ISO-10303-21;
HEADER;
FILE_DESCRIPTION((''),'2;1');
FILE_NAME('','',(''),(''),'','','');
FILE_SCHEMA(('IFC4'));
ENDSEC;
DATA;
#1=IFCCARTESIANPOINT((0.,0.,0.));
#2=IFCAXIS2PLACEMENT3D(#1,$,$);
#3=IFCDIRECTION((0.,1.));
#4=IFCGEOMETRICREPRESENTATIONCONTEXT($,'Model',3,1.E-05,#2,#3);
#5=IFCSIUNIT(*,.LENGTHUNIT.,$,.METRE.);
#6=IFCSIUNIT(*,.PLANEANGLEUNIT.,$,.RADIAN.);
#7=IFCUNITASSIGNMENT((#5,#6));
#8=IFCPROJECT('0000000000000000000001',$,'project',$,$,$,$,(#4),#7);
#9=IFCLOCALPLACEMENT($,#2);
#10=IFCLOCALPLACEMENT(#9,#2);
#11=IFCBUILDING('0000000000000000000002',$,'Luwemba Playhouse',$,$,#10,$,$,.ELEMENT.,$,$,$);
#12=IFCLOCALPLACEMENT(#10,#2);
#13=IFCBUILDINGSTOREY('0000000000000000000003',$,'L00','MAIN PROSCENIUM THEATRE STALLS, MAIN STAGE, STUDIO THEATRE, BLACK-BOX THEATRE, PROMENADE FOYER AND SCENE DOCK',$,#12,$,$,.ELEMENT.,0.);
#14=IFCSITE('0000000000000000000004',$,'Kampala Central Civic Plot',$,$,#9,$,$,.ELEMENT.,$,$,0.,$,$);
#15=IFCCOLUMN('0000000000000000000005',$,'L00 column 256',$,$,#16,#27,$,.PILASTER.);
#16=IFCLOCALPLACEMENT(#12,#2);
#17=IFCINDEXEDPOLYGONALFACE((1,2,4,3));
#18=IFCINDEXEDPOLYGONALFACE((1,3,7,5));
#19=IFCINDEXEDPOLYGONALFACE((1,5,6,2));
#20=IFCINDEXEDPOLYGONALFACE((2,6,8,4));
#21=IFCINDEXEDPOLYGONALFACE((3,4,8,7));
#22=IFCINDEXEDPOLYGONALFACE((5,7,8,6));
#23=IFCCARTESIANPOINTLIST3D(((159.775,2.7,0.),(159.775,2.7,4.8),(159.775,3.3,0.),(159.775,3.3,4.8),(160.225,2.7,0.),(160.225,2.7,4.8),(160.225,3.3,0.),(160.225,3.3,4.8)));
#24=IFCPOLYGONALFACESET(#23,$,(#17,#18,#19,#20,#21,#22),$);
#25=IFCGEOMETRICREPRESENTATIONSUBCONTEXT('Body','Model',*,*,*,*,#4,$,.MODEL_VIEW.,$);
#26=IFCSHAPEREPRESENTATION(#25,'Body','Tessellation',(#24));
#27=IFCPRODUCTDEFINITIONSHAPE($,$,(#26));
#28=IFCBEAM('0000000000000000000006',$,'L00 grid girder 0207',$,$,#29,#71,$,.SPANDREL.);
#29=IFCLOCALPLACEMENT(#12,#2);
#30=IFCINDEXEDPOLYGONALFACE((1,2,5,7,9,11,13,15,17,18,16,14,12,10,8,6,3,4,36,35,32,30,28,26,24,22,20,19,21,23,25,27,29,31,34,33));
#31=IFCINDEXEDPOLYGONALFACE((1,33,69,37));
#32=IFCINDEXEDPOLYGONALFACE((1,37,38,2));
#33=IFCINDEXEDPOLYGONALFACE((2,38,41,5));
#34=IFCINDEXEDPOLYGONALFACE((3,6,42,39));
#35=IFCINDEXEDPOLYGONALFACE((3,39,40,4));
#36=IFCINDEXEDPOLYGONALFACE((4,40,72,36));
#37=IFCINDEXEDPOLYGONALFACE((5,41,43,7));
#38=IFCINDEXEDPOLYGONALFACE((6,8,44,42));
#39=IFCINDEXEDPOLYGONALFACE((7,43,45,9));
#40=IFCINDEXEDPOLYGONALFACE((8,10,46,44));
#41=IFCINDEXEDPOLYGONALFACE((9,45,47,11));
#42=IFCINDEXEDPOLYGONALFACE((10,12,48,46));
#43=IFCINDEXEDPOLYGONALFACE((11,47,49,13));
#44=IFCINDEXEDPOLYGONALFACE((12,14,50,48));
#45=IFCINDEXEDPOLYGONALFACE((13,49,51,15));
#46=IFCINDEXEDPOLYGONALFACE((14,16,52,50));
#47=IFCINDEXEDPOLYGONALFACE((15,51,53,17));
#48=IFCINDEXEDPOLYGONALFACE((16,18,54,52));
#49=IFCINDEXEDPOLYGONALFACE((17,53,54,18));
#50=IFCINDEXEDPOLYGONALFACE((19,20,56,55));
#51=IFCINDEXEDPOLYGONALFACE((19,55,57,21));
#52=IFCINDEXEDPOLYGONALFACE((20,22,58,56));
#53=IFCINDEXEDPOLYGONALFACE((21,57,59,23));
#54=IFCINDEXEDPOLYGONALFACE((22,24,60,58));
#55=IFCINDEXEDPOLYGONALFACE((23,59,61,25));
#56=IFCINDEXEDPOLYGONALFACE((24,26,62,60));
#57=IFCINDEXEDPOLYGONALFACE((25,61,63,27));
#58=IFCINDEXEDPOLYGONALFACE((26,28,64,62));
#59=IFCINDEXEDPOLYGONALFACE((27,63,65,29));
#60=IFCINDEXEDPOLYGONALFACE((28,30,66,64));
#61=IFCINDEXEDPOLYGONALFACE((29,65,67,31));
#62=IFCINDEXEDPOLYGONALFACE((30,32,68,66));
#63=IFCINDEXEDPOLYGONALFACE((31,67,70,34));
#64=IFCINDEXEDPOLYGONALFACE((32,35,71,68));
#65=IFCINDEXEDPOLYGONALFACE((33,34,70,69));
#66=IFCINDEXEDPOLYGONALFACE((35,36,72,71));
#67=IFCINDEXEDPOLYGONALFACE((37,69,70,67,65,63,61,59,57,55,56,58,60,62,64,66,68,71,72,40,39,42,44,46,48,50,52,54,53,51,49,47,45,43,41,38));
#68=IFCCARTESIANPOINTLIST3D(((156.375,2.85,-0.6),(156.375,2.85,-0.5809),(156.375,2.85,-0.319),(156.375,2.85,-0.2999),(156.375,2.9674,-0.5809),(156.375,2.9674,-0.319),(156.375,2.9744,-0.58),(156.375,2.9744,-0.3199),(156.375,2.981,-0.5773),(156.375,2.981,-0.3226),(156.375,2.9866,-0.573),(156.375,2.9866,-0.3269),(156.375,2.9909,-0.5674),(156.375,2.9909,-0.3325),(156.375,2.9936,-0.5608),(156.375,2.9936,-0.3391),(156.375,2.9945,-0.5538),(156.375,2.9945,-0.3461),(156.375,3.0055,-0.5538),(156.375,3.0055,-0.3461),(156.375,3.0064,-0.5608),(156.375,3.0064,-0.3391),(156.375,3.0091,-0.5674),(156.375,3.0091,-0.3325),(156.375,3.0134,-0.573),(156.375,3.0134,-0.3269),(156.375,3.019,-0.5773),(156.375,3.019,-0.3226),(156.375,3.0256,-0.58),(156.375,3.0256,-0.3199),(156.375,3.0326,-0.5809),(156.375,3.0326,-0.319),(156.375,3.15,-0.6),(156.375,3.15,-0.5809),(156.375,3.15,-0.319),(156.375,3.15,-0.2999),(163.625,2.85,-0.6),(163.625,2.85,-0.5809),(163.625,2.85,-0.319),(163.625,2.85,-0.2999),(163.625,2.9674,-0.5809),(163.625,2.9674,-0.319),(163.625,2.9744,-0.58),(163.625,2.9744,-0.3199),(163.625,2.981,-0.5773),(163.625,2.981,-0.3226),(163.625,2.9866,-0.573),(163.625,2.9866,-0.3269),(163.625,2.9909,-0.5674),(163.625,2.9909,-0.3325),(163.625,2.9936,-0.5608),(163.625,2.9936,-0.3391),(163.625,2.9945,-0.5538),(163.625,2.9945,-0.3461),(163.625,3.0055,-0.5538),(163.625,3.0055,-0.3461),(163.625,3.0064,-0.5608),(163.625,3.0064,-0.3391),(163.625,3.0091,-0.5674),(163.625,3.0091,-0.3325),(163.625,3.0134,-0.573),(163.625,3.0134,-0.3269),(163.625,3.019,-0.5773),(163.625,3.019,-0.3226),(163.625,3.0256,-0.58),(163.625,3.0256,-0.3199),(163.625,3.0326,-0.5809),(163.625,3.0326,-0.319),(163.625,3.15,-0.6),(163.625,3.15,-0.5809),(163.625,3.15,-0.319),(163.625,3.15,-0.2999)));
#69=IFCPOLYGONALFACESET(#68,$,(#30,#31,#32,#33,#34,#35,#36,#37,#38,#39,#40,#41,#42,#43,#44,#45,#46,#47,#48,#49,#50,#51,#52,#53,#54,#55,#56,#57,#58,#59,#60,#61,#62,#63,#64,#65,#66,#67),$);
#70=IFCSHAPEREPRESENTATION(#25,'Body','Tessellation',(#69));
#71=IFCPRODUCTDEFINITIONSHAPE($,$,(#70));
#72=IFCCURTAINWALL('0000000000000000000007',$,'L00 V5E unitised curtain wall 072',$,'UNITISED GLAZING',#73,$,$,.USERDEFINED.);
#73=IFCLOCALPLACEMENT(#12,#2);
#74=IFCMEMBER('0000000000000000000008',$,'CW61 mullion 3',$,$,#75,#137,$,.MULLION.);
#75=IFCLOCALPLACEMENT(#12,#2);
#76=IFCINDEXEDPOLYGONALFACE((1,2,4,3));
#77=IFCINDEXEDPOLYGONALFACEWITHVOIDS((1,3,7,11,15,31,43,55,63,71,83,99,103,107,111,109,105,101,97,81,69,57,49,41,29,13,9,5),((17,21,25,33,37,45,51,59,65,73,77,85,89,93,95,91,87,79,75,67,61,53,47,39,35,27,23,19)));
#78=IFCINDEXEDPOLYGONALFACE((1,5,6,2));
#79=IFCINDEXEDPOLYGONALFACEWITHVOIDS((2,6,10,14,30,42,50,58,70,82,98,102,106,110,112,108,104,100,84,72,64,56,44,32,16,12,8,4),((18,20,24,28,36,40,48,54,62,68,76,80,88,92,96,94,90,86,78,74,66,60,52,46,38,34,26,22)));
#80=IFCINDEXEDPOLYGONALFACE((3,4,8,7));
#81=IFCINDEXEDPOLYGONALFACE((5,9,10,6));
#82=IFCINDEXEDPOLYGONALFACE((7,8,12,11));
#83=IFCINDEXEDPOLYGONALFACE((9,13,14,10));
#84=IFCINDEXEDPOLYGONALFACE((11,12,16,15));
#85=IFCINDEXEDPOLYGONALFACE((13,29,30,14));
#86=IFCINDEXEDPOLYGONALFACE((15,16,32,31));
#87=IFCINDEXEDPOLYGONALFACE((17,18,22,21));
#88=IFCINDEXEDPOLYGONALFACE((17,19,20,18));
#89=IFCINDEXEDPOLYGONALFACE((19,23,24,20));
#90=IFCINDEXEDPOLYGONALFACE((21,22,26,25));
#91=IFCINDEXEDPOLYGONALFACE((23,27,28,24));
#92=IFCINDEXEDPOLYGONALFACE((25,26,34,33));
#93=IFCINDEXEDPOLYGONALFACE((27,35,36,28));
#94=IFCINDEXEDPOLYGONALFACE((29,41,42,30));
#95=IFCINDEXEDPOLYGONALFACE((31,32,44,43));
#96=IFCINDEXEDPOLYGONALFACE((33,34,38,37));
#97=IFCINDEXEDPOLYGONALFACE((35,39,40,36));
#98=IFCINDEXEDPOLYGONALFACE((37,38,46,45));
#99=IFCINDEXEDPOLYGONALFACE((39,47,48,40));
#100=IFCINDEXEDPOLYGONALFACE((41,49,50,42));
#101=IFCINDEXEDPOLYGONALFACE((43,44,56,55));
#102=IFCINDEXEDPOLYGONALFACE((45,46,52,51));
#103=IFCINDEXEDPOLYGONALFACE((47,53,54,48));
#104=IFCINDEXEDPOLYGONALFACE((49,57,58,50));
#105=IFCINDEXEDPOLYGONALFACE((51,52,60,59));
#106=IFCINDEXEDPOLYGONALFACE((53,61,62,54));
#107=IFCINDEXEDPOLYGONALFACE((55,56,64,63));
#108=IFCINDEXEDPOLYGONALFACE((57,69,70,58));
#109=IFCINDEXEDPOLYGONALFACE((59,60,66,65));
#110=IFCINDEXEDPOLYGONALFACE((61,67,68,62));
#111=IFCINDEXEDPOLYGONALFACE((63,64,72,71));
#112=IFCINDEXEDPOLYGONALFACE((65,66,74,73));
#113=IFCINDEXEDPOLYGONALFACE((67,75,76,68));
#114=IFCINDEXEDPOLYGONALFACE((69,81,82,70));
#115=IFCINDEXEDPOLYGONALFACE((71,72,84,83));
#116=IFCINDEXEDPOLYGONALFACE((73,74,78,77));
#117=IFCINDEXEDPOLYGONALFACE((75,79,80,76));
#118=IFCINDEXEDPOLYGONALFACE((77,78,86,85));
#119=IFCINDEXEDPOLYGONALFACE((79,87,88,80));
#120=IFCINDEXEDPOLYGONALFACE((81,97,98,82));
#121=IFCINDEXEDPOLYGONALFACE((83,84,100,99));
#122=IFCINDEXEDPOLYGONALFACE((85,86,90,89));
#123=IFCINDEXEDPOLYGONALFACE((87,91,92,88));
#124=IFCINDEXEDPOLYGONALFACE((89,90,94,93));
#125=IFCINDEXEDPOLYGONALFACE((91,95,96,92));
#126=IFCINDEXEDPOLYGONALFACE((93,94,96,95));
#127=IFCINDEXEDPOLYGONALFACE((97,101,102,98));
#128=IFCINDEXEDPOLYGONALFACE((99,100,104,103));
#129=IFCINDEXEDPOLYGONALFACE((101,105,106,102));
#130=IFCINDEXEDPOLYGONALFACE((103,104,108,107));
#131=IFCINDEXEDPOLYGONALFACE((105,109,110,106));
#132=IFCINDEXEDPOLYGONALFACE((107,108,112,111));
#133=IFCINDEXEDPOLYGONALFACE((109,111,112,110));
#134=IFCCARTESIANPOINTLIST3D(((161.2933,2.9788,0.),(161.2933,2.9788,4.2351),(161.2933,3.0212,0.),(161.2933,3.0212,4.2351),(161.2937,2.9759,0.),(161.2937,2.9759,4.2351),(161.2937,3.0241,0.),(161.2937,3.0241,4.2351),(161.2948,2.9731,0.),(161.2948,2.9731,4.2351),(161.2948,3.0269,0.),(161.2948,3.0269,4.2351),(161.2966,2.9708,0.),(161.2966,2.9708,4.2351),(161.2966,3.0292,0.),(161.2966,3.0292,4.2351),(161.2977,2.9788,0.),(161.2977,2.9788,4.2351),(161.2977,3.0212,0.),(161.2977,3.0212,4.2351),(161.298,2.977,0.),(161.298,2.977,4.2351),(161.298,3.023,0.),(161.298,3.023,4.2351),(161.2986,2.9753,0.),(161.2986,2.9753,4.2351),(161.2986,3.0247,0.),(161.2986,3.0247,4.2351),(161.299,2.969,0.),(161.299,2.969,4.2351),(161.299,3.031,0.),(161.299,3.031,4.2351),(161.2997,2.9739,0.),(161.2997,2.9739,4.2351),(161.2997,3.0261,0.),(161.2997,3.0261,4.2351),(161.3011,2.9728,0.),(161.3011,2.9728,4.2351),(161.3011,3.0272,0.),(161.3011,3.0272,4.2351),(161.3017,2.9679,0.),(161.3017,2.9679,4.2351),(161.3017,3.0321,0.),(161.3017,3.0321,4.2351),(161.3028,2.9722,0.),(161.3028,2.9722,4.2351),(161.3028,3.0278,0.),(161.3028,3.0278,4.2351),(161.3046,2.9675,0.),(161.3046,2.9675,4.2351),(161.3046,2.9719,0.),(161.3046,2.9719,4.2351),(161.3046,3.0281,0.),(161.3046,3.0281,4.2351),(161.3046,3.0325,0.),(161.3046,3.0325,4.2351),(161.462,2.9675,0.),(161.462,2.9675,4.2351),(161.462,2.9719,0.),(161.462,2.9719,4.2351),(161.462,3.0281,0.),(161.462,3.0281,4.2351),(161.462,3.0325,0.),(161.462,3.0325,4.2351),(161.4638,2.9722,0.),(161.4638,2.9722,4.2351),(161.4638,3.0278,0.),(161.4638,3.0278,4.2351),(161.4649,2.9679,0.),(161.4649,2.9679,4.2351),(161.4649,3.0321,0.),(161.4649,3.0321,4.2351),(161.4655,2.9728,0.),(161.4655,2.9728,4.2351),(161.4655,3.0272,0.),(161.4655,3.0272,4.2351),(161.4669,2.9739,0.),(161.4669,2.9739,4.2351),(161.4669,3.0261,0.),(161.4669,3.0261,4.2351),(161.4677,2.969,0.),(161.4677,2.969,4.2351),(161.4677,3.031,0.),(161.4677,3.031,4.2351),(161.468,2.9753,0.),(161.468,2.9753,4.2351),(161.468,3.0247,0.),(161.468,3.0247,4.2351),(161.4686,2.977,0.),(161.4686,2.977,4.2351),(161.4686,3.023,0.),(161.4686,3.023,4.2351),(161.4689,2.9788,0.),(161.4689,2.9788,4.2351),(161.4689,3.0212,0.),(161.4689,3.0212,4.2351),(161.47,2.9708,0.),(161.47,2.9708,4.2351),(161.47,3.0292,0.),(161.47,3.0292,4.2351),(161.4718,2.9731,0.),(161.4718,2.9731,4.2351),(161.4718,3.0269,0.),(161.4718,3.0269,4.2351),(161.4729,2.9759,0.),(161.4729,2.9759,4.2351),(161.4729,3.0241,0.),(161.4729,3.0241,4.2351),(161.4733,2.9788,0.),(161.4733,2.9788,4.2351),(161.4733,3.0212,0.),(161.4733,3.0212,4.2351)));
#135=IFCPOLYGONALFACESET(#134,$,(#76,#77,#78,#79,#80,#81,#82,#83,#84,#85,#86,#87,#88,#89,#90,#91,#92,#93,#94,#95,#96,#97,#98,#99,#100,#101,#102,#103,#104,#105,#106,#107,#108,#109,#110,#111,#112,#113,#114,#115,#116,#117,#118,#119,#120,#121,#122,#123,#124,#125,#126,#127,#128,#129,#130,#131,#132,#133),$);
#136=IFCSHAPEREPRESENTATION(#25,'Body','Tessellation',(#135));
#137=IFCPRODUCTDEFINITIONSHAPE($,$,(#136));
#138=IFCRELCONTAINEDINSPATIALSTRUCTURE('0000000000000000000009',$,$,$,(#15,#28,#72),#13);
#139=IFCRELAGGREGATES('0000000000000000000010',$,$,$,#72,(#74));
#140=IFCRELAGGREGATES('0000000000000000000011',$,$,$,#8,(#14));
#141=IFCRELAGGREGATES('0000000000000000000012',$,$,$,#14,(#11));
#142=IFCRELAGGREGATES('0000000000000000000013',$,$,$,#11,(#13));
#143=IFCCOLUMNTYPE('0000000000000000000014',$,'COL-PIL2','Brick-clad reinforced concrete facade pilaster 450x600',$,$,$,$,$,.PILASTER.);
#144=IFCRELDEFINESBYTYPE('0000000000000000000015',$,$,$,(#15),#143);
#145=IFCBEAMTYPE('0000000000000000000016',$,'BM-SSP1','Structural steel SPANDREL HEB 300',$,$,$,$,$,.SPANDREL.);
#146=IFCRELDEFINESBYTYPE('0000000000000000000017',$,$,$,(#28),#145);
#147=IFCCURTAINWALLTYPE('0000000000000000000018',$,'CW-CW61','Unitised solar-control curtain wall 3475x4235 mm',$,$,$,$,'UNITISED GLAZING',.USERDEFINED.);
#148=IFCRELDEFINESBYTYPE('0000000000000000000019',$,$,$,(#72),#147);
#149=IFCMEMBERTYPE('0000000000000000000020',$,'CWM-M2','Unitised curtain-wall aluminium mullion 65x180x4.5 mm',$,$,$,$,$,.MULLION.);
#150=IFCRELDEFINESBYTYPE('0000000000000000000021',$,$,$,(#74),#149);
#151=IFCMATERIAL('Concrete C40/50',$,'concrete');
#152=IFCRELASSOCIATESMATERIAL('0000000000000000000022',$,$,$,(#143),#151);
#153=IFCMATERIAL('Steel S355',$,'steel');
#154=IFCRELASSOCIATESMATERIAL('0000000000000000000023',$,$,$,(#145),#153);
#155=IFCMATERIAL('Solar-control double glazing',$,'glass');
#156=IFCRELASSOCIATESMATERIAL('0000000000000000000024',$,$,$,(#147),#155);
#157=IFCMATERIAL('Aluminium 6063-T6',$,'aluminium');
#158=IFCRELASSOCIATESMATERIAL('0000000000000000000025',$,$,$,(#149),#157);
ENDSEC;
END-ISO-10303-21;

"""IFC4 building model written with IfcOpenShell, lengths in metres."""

from ifc_helpers import new_model, si_unit, direction, frame, origin, origin_2d, place, context, subcontext, project, spatial, rectangle, hollow_rectangle, i_section, extrude, material, material_profile, profile_set, type_object, element, aggregate, save


model = new_model("IFC4")

# Units and contexts
model_context = context("Model", 3, precision=1e-05, world=origin(), true_north=direction((0.0, 1.0)))
body_context = subcontext(model_context, "Body", "Model", "MODEL_VIEW")
ifc_project = project(units=[si_unit("LENGTHUNIT", "METRE"), si_unit("PLANEANGLEUNIT", "RADIAN")], contexts=[model_context])

# Site, building, storey
site_placement = place(None, origin())
site = spatial("IfcSite", under=ifc_project, at=site_placement, Name="Kampala Central Civic Plot", CompositionType="ELEMENT", RefElevation=0.0)
building_placement = place(site_placement, origin())
building = spatial("IfcBuilding", under=site, at=building_placement, Name="Luwemba Playhouse", CompositionType="ELEMENT")
storey_placement = place(building_placement, origin())
storey = spatial("IfcBuildingStorey", under=building, at=storey_placement, Name="L00", Description="MAIN PROSCENIUM THEATRE STALLS, MAIN STAGE, STUDIO THEATRE, BLACK-BOX THEATRE, PROMENADE FOYER AND SCENE DOCK", CompositionType="ELEMENT", Elevation=0.0)

# Column
ifc_material_1 = material(Name="Concrete C40/50", Category="concrete")
ifc_material_profile_1 = material_profile(ifc_material_1, rectangle(XDim=0.45, YDim=0.6001, at=origin_2d()))
ifc_profile_set_1 = profile_set([ifc_material_profile_1], Name="Concrete C40/50")
column_type = type_object("IfcColumnType", Name="COL-PIL2", Description="Brick-clad reinforced concrete facade pilaster 450x600", PredefinedType="PILASTER", material=ifc_profile_set_1)
column_placement = place(storey_placement, frame((160.0, 3.0, 0.0), z_axis=(0.0, 0.0, 1.0), x_axis=(1.0, 0.0, 0.0)))
element("IfcColumn", 1, at=column_placement, inside=storey, type_object=column_type, Name="L00 column 256", PredefinedType="PILASTER", context=body_context, shape_type="SweptSolid", body=[
    extrude(rectangle(XDim=0.45, YDim=0.6001, at=origin_2d()), origin(), (0.0, 0.0, 1.0), 4.8),
])

# Beam
ifc_material_2 = material(Name="Steel S355", Category="steel")
ifc_material_profile_2 = material_profile(ifc_material_2, i_section(OverallWidth=0.3, OverallDepth=0.3, WebThickness=0.011, FlangeThickness=0.019, FilletRadius=0.0271, at=origin_2d()))
ifc_profile_set_2 = profile_set([ifc_material_profile_2], Name="Steel S355")
beam_type = type_object("IfcBeamType", Name="BM-SSP1", Description="Structural steel SPANDREL HEB 300", PredefinedType="SPANDREL", material=ifc_profile_set_2)
beam_placement = place(storey_placement, frame((156.375, 3.0, -0.45), z_axis=(1.0, 0.0, 0.0), x_axis=(0.0, 1.0, 0.0)))
element("IfcBeam", 2, at=beam_placement, inside=storey, type_object=beam_type, Name="L00 grid girder 0207", PredefinedType="SPANDREL", context=body_context, shape_type="SweptSolid", body=[
    extrude(i_section(OverallWidth=0.3, OverallDepth=0.3, WebThickness=0.011, FlangeThickness=0.019, FilletRadius=0.0271, at=origin_2d()), origin(), (0.0, 0.0, 1.0), 7.25),
])

# Curtain wall, member
ifc_material_3 = material(Name="Solar-control double glazing", Category="glass")
curtain_wall_type_1 = type_object("IfcCurtainWallType", Name="CW-CW61", Description="Unitised solar-control curtain wall 3475x4235 mm", ElementType="UNITISED GLAZING", PredefinedType="USERDEFINED", material=ifc_material_3)
curtain_wall_1_placement = place(storey_placement, origin())
curtain_wall_1 = element("IfcCurtainWall", 3, at=curtain_wall_1_placement, inside=storey, type_object=curtain_wall_type_1, Name="L00 V5E unitised curtain wall 072", ObjectType="UNITISED GLAZING", PredefinedType="USERDEFINED")
ifc_material_4 = material(Name="Aluminium 6063-T6", Category="aluminium")
ifc_material_profile_3 = material_profile(ifc_material_4, hollow_rectangle(XDim=0.0649, YDim=0.1799, WallThickness=0.0044, InnerFilletRadius=0.0068, OuterFilletRadius=0.0112, at=origin_2d()))
ifc_profile_set_3 = profile_set([ifc_material_profile_3], Name="Aluminium 6063-T6")
member_type_1 = type_object("IfcMemberType", Name="CWM-M2", Description="Unitised curtain-wall aluminium mullion 65x180x4.5 mm", PredefinedType="MULLION", material=ifc_profile_set_3)
member_1_placement = place(storey_placement, frame((161.3833, 3.0, 0.0), z_axis=(0.0, 0.0, 1.0), x_axis=(0.0, -1.0, 0.0)))
member_1 = element("IfcMember", 4, at=member_1_placement, type_object=member_type_1, Name="CW61 mullion 3", PredefinedType="MULLION", context=body_context, shape_type="SweptSolid", body=[
    extrude(hollow_rectangle(XDim=0.0649, YDim=0.1799, WallThickness=0.0044, InnerFilletRadius=0.0068, OuterFilletRadius=0.0112, at=origin_2d()), origin(), (0.0, 0.0, 1.0), 4.2351),
])

aggregate(curtain_wall_1, [member_1])

save(model, "model.ifc")
